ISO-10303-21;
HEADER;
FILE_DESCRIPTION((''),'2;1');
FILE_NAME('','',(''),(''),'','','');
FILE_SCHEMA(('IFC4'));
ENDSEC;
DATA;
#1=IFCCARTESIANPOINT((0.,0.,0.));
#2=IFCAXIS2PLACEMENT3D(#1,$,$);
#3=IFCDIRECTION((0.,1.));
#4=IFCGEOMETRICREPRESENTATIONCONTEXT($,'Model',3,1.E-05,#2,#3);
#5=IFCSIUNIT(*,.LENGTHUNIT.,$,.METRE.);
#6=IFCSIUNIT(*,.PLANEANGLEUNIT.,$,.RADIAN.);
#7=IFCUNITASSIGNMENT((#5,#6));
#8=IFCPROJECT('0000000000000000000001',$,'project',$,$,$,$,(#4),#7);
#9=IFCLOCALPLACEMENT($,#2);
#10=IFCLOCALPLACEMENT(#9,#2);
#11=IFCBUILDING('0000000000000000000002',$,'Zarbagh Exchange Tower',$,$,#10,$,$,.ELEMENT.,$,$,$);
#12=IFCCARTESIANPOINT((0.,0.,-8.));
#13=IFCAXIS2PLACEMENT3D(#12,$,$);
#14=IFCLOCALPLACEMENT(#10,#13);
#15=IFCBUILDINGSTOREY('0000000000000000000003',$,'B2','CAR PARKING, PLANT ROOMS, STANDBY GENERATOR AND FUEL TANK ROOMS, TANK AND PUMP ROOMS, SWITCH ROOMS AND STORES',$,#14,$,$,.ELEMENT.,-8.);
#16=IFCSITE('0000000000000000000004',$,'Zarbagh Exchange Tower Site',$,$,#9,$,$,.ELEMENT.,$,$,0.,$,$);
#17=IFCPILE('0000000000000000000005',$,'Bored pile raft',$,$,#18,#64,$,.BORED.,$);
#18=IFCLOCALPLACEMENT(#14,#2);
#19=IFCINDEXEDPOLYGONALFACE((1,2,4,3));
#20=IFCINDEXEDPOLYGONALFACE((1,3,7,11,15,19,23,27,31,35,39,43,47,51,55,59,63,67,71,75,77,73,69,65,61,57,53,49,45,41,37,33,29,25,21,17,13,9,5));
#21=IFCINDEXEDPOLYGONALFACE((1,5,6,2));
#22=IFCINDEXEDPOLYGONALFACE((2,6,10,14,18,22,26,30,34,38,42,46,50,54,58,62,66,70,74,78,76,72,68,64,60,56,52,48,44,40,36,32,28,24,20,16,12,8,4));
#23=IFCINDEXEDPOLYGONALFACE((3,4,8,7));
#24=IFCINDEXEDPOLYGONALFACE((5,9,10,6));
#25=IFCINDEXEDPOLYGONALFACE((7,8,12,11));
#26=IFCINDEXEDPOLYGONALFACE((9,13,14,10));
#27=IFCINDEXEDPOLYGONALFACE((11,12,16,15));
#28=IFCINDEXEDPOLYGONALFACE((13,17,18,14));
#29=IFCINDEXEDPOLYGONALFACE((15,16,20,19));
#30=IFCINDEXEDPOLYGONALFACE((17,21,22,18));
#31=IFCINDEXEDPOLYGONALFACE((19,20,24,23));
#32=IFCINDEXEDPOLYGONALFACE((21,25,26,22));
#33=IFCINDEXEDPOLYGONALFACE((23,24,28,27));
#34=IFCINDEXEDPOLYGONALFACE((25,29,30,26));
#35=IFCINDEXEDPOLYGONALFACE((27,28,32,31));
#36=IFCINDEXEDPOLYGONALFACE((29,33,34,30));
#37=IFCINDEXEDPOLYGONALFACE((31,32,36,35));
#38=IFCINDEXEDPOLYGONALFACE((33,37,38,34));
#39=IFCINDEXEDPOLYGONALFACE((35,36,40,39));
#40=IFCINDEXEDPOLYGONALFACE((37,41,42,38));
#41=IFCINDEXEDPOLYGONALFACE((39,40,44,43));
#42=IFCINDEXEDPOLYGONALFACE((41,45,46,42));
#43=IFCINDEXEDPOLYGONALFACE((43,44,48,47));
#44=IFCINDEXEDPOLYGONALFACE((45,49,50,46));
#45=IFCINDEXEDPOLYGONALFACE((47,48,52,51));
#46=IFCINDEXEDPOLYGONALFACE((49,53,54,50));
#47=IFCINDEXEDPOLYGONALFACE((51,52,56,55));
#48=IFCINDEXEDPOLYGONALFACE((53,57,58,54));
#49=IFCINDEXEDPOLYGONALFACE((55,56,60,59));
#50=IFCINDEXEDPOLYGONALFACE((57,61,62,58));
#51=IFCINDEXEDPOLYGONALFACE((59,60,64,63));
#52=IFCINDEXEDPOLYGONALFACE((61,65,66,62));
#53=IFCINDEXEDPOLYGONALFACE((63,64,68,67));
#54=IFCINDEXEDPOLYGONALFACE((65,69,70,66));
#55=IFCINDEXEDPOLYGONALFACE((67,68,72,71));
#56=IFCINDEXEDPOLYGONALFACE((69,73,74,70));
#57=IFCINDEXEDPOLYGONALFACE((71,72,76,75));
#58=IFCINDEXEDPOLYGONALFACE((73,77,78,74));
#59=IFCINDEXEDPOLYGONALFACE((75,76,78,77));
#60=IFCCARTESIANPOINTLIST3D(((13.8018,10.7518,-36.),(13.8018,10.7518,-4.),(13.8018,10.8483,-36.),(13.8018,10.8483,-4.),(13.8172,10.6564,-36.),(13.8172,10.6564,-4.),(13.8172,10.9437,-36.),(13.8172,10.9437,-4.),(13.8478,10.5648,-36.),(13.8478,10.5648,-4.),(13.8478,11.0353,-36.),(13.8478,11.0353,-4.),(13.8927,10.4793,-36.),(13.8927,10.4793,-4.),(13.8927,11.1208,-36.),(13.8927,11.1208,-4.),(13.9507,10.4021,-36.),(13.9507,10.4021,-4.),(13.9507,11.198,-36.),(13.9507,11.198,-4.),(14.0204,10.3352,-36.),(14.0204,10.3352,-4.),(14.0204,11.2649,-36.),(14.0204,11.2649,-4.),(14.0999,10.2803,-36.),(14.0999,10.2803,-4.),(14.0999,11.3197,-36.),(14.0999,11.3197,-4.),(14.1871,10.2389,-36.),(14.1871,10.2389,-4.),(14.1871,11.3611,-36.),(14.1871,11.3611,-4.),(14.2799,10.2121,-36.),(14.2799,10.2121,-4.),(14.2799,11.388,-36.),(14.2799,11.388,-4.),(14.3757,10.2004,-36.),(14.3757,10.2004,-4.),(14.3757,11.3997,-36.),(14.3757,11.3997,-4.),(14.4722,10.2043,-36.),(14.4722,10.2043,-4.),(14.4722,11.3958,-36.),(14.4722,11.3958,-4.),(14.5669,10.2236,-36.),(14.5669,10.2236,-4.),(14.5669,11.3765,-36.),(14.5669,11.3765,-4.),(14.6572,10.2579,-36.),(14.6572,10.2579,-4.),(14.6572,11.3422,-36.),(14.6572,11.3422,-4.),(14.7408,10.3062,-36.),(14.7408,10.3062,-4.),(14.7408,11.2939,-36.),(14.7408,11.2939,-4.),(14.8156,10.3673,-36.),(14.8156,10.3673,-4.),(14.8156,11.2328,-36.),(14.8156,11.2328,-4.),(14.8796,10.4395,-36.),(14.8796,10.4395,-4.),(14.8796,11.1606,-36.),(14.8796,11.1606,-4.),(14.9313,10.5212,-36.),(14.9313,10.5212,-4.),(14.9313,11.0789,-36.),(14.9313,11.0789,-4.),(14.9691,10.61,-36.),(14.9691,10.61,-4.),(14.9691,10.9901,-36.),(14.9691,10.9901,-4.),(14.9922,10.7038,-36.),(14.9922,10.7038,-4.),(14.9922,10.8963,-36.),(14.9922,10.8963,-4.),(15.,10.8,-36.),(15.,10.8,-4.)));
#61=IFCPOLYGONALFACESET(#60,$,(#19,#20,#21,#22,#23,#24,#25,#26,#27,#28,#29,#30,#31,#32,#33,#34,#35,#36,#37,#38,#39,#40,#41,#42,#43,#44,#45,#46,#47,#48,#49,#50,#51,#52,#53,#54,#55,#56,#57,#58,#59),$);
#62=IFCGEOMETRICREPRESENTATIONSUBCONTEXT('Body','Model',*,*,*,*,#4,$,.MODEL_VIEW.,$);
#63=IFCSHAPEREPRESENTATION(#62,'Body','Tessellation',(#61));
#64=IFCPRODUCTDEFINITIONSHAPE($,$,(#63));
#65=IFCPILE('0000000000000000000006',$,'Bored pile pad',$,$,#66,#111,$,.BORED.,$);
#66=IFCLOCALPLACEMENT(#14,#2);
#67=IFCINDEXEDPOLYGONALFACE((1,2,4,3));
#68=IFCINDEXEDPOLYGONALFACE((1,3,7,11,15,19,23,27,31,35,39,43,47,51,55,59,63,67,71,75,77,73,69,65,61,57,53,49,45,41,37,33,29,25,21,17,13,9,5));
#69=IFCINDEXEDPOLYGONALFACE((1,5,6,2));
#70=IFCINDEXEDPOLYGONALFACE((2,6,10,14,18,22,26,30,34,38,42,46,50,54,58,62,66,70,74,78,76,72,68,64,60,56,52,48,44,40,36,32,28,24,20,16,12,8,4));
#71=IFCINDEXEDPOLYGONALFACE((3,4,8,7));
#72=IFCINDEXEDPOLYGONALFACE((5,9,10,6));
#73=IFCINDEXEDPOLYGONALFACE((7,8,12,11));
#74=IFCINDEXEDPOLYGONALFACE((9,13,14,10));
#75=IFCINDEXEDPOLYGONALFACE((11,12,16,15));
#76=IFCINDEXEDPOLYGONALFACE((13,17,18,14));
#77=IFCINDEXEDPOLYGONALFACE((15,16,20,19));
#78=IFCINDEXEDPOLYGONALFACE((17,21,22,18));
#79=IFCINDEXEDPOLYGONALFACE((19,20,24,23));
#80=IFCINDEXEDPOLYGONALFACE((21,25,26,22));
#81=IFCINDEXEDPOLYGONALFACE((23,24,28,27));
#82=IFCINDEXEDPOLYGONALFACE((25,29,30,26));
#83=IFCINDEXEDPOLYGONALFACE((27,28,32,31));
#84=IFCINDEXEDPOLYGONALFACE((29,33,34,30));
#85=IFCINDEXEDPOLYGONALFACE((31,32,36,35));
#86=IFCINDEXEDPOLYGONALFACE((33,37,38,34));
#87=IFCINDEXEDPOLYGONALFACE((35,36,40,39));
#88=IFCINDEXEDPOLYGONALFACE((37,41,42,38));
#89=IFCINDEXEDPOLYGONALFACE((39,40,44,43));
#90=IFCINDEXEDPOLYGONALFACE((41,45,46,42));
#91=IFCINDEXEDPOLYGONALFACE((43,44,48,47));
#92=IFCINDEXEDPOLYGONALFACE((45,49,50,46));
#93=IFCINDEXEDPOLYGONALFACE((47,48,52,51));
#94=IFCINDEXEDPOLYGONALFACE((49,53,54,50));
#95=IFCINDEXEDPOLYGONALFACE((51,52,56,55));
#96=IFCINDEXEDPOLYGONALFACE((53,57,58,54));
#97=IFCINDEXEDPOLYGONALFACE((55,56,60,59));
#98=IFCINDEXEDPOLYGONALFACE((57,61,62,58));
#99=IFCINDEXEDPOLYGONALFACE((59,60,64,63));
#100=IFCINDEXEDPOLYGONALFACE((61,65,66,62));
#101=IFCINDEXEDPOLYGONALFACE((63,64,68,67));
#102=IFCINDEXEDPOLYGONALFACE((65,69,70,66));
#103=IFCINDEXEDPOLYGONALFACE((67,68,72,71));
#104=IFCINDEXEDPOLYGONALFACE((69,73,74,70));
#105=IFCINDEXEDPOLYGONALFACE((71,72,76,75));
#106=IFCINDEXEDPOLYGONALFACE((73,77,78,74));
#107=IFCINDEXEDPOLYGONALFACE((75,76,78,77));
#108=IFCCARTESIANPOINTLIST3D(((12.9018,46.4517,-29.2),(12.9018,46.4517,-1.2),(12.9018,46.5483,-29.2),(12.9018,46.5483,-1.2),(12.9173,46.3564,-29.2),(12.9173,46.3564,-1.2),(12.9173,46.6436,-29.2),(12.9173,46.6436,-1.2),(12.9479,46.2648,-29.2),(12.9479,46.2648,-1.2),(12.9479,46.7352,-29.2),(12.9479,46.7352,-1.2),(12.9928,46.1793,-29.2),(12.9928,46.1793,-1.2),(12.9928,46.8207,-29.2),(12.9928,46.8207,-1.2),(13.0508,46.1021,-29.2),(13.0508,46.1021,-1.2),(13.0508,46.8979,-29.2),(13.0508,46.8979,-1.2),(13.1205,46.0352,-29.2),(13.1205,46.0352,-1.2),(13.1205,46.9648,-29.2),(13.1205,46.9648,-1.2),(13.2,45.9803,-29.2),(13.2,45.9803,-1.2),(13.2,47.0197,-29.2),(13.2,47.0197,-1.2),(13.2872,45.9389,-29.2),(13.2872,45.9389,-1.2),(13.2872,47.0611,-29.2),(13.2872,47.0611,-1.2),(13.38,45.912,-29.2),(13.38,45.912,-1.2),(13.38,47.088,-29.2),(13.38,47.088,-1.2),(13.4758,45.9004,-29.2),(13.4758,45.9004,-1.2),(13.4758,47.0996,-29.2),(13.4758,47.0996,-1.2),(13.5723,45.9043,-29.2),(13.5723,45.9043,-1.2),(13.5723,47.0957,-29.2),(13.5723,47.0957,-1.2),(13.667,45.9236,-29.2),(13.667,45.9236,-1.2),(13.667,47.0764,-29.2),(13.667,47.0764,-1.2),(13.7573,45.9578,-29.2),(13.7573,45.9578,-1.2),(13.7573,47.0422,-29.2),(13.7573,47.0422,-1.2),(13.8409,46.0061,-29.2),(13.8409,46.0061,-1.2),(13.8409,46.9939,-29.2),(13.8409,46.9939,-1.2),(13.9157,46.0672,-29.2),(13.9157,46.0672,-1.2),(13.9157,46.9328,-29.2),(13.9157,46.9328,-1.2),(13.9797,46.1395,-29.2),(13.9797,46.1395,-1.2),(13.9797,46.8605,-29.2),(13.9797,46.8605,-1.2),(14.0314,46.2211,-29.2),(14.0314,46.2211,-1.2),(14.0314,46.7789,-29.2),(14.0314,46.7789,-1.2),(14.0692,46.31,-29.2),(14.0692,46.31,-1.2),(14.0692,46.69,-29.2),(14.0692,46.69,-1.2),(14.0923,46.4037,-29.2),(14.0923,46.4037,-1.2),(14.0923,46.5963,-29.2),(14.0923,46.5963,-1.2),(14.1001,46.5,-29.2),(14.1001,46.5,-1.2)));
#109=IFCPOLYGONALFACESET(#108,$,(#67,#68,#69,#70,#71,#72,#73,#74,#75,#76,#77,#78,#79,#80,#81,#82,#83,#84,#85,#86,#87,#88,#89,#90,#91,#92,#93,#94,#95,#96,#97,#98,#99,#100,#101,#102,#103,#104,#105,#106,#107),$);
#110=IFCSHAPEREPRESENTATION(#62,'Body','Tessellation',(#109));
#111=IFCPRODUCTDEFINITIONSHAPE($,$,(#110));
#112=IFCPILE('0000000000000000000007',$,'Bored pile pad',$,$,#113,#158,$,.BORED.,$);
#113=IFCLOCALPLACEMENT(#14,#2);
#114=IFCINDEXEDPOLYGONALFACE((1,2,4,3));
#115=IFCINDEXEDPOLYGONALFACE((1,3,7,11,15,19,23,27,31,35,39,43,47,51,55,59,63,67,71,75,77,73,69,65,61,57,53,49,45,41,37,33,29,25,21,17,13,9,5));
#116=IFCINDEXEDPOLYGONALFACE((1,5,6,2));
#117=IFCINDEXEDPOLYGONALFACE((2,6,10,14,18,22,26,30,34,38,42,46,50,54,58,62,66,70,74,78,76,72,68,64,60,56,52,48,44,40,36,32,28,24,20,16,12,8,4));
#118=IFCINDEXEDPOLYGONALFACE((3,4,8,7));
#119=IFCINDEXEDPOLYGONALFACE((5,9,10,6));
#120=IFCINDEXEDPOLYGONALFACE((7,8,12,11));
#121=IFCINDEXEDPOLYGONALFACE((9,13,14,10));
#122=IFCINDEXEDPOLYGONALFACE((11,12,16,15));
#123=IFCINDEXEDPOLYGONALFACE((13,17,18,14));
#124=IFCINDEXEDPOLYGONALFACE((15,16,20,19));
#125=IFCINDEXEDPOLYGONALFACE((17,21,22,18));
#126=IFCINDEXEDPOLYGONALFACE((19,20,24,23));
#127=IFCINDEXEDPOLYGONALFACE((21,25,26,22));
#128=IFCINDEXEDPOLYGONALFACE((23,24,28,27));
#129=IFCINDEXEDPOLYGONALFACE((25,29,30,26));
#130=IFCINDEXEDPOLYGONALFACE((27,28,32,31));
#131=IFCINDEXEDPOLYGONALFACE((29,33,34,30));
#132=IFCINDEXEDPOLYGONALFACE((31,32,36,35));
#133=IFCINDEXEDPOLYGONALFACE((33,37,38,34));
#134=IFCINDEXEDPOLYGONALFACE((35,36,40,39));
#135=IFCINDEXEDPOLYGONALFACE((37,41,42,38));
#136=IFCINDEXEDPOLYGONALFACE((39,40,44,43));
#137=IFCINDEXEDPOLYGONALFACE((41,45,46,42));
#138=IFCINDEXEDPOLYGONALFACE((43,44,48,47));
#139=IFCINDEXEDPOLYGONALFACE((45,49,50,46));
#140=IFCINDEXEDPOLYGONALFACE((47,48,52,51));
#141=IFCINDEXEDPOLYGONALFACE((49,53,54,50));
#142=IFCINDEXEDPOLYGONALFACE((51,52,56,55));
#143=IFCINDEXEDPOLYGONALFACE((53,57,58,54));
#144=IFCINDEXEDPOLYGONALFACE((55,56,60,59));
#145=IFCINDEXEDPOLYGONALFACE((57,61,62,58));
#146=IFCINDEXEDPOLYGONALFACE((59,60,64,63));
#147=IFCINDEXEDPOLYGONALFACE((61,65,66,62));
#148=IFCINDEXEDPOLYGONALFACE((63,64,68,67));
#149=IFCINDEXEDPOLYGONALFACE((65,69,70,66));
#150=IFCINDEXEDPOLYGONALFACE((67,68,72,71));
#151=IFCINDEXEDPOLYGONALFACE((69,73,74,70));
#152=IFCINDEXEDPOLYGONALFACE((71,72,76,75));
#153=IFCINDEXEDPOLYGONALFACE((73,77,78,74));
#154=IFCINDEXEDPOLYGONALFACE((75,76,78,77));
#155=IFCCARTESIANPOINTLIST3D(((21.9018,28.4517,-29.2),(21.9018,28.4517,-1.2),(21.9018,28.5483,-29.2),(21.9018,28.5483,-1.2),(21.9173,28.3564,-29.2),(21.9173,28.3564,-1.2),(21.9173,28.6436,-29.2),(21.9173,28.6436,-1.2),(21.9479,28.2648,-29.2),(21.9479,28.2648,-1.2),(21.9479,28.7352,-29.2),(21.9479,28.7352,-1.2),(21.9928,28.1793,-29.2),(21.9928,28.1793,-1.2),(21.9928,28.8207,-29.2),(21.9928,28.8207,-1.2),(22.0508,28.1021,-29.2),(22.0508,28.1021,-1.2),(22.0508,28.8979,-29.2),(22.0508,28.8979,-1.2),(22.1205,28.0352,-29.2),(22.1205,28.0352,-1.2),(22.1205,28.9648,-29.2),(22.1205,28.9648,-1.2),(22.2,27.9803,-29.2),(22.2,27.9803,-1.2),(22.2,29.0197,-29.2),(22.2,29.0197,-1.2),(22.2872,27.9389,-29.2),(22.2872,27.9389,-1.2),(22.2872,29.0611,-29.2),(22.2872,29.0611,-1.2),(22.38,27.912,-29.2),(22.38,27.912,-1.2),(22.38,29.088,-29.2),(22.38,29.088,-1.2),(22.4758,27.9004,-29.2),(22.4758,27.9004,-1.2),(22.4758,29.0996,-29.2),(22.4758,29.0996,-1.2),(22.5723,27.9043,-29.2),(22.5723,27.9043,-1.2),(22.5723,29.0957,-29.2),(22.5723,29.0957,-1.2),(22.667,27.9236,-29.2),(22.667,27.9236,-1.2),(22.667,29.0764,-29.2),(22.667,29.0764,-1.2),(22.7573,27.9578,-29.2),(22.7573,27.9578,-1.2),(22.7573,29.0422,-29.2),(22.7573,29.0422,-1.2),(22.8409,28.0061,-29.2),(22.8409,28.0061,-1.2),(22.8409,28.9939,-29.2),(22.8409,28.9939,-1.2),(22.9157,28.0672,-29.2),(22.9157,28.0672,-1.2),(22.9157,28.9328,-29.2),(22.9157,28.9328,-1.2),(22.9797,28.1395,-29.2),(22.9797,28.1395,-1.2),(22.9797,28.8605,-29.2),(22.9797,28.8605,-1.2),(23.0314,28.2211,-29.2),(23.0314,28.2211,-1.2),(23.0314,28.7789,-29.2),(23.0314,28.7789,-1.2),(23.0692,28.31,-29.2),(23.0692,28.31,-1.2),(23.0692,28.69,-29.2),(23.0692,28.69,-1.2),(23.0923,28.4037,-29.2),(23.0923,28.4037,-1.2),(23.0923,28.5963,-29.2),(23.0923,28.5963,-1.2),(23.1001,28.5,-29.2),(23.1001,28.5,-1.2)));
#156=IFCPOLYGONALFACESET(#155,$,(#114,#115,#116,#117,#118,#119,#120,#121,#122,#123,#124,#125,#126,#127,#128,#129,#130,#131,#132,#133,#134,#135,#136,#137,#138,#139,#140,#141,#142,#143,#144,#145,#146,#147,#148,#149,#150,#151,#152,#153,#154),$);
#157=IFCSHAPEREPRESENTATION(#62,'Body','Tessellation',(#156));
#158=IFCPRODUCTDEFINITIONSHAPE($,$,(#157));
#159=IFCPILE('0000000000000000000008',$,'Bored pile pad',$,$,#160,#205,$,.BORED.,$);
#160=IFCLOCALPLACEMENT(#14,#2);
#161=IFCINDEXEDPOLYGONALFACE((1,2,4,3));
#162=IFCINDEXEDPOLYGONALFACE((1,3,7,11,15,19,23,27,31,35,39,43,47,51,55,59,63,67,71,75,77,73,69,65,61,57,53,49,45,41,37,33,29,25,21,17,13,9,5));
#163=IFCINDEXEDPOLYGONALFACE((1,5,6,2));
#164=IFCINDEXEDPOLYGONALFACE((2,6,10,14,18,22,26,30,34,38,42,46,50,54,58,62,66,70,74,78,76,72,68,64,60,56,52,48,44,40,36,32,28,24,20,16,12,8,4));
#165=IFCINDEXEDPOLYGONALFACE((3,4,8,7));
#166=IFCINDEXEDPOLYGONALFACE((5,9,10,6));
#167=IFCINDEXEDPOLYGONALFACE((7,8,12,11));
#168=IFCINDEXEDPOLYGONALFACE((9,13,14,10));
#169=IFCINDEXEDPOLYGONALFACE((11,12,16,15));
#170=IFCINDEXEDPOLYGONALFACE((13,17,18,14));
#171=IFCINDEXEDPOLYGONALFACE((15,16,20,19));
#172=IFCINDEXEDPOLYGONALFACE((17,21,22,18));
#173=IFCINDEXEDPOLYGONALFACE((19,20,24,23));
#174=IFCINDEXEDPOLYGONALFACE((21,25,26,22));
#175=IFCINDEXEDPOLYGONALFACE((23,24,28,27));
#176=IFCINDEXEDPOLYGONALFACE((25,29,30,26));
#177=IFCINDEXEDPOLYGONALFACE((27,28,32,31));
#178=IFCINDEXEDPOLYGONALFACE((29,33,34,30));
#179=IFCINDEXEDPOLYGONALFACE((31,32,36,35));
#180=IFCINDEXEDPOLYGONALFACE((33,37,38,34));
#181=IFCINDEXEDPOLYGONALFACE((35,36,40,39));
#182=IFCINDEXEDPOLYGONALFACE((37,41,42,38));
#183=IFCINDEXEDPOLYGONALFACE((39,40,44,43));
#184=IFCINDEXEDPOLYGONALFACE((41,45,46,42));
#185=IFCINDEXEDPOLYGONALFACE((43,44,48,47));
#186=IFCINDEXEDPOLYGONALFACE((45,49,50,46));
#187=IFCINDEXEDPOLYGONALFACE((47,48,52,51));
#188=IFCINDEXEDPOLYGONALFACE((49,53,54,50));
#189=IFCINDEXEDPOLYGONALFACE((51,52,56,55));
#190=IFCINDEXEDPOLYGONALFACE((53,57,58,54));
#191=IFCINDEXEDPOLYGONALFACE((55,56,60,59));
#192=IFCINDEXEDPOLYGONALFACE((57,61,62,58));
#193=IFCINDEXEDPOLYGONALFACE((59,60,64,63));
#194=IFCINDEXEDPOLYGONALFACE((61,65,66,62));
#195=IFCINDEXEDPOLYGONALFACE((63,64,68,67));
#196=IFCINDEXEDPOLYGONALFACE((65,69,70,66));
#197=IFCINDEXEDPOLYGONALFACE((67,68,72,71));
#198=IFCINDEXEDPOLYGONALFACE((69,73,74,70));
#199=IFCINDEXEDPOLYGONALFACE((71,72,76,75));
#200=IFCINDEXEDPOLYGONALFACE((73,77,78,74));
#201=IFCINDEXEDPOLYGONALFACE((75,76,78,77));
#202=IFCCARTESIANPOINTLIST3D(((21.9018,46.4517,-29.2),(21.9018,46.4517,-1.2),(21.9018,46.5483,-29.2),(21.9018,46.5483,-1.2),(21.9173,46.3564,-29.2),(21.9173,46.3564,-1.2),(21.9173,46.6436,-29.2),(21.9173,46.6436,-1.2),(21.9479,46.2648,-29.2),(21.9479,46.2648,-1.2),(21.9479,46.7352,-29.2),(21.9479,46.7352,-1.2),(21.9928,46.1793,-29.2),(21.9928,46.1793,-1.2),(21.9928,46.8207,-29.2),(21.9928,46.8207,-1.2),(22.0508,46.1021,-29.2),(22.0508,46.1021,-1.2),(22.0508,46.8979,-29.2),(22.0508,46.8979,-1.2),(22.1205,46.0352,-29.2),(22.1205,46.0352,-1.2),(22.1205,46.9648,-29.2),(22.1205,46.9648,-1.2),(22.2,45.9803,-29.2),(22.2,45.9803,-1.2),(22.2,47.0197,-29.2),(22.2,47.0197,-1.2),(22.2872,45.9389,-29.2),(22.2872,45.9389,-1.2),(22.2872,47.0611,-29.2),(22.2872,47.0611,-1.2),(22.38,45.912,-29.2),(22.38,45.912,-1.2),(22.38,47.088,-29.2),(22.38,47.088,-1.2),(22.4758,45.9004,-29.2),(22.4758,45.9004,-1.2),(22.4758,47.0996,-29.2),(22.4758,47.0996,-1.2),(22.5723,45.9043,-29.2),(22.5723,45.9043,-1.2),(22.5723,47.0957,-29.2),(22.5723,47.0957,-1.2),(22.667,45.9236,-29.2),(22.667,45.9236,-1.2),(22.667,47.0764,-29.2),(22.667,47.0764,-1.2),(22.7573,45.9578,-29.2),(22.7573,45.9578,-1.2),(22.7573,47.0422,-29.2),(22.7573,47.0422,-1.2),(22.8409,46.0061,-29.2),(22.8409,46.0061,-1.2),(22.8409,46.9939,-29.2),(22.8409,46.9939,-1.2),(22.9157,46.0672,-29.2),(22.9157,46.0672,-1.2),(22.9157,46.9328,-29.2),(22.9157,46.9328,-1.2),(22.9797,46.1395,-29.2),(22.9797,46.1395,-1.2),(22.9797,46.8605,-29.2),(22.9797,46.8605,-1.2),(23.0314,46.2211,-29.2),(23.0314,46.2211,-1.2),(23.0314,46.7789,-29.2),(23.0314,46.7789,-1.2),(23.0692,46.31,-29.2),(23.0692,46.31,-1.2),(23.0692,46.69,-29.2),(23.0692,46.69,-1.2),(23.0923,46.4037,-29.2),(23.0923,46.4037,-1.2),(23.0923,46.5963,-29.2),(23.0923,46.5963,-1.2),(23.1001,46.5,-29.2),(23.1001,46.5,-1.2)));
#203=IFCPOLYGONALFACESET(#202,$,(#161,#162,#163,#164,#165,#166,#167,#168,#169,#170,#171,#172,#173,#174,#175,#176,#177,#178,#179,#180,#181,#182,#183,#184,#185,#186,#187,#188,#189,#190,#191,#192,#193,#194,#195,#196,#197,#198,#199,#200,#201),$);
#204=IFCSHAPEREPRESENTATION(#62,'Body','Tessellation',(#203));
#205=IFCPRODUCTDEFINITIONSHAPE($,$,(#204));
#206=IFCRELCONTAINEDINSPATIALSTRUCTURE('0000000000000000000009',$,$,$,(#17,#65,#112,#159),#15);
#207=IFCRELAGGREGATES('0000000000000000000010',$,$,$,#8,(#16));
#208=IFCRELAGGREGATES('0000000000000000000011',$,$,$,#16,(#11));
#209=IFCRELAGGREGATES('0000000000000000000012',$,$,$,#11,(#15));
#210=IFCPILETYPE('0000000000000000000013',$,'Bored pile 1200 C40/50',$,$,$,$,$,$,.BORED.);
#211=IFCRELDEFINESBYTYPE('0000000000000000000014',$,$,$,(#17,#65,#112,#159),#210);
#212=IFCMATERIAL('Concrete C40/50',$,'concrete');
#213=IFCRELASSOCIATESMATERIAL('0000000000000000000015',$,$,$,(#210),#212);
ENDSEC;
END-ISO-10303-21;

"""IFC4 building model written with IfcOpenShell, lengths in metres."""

from ifc_helpers import new_model, si_unit, direction, frame, origin, origin_2d, place, context, subcontext, project, spatial, circle, extrude, material, material_profile, profile_set, type_object, element, save


model = new_model("IFC4")

# Units and contexts
model_context = context("Model", 3, precision=1e-05, world=origin(), true_north=direction((0.0, 1.0)))
body_context = subcontext(model_context, "Body", "Model", "MODEL_VIEW")
ifc_project = project(units=[si_unit("LENGTHUNIT", "METRE"), si_unit("PLANEANGLEUNIT", "RADIAN")], contexts=[model_context])

# Site, building, storey
site_placement = place(None, origin())
site = spatial("IfcSite", under=ifc_project, at=site_placement, Name="Zarbagh Exchange Tower Site", CompositionType="ELEMENT", RefElevation=0.0)
building_placement = place(site_placement, origin())
building = spatial("IfcBuilding", under=site, at=building_placement, Name="Zarbagh Exchange Tower", CompositionType="ELEMENT")
storey_placement = place(building_placement, frame((0.0, 0.0, -8.0)))
storey = spatial("IfcBuildingStorey", under=building, at=storey_placement, Name="B2", Description="CAR PARKING, PLANT ROOMS, STANDBY GENERATOR AND FUEL TANK ROOMS, TANK AND PUMP ROOMS, SWITCH ROOMS AND STORES", CompositionType="ELEMENT", Elevation=-8.0)

# Piles
ifc_material_1 = material(Name="Concrete C40/50", Category="concrete")
ifc_material_profile_1 = material_profile(ifc_material_1, circle(Radius=0.6001, at=origin_2d()), Name="Bored pile 1200 C40/50")
ifc_profile_set_1 = profile_set([ifc_material_profile_1], Name="Concrete C40/50")
pile_type = type_object("IfcPileType", Name="Bored pile 1200 C40/50", PredefinedType="BORED", material=ifc_profile_set_1)
pile_placement = place(storey_placement, frame((14.3999, 10.8, -4.0), z_axis=(0.0, 0.0, -1.0), x_axis=(1.0, 0.0, 0.0)))
element("IfcPile", 1, at=pile_placement, inside=storey, type_object=pile_type, Name="Bored pile raft", PredefinedType="BORED", context=body_context, shape_type="SweptSolid", body=[
    extrude(circle(Radius=0.6001, at=origin_2d()), origin(), (0.0, 0.0, 1.0), 32.0),
])
for number, where, z_axis, x_axis, name in (
    (2, (13.5, 46.5, -1.2), (0.0, 0.0, -1.0), (1.0, 0.0, 0.0), "Bored pile pad"),
    (3, (22.5, 28.5, -1.2), (0.0, 0.0, -1.0), (1.0, 0.0, 0.0), "Bored pile pad"),
    (4, (22.5, 46.5, -1.2), (0.0, 0.0, -1.0), (1.0, 0.0, 0.0), "Bored pile pad"),
):
    element("IfcPile", number, at=place(storey_placement, frame(where, z_axis=z_axis, x_axis=x_axis)), inside=storey, type_object=pile_type, Name=name, PredefinedType="BORED", context=body_context, shape_type="SweptSolid", body=[
        extrude(circle(Radius=0.6001, at=origin_2d()), origin(), (0.0, 0.0, 1.0), 28.0),
    ])

save(model, "model.ifc")
